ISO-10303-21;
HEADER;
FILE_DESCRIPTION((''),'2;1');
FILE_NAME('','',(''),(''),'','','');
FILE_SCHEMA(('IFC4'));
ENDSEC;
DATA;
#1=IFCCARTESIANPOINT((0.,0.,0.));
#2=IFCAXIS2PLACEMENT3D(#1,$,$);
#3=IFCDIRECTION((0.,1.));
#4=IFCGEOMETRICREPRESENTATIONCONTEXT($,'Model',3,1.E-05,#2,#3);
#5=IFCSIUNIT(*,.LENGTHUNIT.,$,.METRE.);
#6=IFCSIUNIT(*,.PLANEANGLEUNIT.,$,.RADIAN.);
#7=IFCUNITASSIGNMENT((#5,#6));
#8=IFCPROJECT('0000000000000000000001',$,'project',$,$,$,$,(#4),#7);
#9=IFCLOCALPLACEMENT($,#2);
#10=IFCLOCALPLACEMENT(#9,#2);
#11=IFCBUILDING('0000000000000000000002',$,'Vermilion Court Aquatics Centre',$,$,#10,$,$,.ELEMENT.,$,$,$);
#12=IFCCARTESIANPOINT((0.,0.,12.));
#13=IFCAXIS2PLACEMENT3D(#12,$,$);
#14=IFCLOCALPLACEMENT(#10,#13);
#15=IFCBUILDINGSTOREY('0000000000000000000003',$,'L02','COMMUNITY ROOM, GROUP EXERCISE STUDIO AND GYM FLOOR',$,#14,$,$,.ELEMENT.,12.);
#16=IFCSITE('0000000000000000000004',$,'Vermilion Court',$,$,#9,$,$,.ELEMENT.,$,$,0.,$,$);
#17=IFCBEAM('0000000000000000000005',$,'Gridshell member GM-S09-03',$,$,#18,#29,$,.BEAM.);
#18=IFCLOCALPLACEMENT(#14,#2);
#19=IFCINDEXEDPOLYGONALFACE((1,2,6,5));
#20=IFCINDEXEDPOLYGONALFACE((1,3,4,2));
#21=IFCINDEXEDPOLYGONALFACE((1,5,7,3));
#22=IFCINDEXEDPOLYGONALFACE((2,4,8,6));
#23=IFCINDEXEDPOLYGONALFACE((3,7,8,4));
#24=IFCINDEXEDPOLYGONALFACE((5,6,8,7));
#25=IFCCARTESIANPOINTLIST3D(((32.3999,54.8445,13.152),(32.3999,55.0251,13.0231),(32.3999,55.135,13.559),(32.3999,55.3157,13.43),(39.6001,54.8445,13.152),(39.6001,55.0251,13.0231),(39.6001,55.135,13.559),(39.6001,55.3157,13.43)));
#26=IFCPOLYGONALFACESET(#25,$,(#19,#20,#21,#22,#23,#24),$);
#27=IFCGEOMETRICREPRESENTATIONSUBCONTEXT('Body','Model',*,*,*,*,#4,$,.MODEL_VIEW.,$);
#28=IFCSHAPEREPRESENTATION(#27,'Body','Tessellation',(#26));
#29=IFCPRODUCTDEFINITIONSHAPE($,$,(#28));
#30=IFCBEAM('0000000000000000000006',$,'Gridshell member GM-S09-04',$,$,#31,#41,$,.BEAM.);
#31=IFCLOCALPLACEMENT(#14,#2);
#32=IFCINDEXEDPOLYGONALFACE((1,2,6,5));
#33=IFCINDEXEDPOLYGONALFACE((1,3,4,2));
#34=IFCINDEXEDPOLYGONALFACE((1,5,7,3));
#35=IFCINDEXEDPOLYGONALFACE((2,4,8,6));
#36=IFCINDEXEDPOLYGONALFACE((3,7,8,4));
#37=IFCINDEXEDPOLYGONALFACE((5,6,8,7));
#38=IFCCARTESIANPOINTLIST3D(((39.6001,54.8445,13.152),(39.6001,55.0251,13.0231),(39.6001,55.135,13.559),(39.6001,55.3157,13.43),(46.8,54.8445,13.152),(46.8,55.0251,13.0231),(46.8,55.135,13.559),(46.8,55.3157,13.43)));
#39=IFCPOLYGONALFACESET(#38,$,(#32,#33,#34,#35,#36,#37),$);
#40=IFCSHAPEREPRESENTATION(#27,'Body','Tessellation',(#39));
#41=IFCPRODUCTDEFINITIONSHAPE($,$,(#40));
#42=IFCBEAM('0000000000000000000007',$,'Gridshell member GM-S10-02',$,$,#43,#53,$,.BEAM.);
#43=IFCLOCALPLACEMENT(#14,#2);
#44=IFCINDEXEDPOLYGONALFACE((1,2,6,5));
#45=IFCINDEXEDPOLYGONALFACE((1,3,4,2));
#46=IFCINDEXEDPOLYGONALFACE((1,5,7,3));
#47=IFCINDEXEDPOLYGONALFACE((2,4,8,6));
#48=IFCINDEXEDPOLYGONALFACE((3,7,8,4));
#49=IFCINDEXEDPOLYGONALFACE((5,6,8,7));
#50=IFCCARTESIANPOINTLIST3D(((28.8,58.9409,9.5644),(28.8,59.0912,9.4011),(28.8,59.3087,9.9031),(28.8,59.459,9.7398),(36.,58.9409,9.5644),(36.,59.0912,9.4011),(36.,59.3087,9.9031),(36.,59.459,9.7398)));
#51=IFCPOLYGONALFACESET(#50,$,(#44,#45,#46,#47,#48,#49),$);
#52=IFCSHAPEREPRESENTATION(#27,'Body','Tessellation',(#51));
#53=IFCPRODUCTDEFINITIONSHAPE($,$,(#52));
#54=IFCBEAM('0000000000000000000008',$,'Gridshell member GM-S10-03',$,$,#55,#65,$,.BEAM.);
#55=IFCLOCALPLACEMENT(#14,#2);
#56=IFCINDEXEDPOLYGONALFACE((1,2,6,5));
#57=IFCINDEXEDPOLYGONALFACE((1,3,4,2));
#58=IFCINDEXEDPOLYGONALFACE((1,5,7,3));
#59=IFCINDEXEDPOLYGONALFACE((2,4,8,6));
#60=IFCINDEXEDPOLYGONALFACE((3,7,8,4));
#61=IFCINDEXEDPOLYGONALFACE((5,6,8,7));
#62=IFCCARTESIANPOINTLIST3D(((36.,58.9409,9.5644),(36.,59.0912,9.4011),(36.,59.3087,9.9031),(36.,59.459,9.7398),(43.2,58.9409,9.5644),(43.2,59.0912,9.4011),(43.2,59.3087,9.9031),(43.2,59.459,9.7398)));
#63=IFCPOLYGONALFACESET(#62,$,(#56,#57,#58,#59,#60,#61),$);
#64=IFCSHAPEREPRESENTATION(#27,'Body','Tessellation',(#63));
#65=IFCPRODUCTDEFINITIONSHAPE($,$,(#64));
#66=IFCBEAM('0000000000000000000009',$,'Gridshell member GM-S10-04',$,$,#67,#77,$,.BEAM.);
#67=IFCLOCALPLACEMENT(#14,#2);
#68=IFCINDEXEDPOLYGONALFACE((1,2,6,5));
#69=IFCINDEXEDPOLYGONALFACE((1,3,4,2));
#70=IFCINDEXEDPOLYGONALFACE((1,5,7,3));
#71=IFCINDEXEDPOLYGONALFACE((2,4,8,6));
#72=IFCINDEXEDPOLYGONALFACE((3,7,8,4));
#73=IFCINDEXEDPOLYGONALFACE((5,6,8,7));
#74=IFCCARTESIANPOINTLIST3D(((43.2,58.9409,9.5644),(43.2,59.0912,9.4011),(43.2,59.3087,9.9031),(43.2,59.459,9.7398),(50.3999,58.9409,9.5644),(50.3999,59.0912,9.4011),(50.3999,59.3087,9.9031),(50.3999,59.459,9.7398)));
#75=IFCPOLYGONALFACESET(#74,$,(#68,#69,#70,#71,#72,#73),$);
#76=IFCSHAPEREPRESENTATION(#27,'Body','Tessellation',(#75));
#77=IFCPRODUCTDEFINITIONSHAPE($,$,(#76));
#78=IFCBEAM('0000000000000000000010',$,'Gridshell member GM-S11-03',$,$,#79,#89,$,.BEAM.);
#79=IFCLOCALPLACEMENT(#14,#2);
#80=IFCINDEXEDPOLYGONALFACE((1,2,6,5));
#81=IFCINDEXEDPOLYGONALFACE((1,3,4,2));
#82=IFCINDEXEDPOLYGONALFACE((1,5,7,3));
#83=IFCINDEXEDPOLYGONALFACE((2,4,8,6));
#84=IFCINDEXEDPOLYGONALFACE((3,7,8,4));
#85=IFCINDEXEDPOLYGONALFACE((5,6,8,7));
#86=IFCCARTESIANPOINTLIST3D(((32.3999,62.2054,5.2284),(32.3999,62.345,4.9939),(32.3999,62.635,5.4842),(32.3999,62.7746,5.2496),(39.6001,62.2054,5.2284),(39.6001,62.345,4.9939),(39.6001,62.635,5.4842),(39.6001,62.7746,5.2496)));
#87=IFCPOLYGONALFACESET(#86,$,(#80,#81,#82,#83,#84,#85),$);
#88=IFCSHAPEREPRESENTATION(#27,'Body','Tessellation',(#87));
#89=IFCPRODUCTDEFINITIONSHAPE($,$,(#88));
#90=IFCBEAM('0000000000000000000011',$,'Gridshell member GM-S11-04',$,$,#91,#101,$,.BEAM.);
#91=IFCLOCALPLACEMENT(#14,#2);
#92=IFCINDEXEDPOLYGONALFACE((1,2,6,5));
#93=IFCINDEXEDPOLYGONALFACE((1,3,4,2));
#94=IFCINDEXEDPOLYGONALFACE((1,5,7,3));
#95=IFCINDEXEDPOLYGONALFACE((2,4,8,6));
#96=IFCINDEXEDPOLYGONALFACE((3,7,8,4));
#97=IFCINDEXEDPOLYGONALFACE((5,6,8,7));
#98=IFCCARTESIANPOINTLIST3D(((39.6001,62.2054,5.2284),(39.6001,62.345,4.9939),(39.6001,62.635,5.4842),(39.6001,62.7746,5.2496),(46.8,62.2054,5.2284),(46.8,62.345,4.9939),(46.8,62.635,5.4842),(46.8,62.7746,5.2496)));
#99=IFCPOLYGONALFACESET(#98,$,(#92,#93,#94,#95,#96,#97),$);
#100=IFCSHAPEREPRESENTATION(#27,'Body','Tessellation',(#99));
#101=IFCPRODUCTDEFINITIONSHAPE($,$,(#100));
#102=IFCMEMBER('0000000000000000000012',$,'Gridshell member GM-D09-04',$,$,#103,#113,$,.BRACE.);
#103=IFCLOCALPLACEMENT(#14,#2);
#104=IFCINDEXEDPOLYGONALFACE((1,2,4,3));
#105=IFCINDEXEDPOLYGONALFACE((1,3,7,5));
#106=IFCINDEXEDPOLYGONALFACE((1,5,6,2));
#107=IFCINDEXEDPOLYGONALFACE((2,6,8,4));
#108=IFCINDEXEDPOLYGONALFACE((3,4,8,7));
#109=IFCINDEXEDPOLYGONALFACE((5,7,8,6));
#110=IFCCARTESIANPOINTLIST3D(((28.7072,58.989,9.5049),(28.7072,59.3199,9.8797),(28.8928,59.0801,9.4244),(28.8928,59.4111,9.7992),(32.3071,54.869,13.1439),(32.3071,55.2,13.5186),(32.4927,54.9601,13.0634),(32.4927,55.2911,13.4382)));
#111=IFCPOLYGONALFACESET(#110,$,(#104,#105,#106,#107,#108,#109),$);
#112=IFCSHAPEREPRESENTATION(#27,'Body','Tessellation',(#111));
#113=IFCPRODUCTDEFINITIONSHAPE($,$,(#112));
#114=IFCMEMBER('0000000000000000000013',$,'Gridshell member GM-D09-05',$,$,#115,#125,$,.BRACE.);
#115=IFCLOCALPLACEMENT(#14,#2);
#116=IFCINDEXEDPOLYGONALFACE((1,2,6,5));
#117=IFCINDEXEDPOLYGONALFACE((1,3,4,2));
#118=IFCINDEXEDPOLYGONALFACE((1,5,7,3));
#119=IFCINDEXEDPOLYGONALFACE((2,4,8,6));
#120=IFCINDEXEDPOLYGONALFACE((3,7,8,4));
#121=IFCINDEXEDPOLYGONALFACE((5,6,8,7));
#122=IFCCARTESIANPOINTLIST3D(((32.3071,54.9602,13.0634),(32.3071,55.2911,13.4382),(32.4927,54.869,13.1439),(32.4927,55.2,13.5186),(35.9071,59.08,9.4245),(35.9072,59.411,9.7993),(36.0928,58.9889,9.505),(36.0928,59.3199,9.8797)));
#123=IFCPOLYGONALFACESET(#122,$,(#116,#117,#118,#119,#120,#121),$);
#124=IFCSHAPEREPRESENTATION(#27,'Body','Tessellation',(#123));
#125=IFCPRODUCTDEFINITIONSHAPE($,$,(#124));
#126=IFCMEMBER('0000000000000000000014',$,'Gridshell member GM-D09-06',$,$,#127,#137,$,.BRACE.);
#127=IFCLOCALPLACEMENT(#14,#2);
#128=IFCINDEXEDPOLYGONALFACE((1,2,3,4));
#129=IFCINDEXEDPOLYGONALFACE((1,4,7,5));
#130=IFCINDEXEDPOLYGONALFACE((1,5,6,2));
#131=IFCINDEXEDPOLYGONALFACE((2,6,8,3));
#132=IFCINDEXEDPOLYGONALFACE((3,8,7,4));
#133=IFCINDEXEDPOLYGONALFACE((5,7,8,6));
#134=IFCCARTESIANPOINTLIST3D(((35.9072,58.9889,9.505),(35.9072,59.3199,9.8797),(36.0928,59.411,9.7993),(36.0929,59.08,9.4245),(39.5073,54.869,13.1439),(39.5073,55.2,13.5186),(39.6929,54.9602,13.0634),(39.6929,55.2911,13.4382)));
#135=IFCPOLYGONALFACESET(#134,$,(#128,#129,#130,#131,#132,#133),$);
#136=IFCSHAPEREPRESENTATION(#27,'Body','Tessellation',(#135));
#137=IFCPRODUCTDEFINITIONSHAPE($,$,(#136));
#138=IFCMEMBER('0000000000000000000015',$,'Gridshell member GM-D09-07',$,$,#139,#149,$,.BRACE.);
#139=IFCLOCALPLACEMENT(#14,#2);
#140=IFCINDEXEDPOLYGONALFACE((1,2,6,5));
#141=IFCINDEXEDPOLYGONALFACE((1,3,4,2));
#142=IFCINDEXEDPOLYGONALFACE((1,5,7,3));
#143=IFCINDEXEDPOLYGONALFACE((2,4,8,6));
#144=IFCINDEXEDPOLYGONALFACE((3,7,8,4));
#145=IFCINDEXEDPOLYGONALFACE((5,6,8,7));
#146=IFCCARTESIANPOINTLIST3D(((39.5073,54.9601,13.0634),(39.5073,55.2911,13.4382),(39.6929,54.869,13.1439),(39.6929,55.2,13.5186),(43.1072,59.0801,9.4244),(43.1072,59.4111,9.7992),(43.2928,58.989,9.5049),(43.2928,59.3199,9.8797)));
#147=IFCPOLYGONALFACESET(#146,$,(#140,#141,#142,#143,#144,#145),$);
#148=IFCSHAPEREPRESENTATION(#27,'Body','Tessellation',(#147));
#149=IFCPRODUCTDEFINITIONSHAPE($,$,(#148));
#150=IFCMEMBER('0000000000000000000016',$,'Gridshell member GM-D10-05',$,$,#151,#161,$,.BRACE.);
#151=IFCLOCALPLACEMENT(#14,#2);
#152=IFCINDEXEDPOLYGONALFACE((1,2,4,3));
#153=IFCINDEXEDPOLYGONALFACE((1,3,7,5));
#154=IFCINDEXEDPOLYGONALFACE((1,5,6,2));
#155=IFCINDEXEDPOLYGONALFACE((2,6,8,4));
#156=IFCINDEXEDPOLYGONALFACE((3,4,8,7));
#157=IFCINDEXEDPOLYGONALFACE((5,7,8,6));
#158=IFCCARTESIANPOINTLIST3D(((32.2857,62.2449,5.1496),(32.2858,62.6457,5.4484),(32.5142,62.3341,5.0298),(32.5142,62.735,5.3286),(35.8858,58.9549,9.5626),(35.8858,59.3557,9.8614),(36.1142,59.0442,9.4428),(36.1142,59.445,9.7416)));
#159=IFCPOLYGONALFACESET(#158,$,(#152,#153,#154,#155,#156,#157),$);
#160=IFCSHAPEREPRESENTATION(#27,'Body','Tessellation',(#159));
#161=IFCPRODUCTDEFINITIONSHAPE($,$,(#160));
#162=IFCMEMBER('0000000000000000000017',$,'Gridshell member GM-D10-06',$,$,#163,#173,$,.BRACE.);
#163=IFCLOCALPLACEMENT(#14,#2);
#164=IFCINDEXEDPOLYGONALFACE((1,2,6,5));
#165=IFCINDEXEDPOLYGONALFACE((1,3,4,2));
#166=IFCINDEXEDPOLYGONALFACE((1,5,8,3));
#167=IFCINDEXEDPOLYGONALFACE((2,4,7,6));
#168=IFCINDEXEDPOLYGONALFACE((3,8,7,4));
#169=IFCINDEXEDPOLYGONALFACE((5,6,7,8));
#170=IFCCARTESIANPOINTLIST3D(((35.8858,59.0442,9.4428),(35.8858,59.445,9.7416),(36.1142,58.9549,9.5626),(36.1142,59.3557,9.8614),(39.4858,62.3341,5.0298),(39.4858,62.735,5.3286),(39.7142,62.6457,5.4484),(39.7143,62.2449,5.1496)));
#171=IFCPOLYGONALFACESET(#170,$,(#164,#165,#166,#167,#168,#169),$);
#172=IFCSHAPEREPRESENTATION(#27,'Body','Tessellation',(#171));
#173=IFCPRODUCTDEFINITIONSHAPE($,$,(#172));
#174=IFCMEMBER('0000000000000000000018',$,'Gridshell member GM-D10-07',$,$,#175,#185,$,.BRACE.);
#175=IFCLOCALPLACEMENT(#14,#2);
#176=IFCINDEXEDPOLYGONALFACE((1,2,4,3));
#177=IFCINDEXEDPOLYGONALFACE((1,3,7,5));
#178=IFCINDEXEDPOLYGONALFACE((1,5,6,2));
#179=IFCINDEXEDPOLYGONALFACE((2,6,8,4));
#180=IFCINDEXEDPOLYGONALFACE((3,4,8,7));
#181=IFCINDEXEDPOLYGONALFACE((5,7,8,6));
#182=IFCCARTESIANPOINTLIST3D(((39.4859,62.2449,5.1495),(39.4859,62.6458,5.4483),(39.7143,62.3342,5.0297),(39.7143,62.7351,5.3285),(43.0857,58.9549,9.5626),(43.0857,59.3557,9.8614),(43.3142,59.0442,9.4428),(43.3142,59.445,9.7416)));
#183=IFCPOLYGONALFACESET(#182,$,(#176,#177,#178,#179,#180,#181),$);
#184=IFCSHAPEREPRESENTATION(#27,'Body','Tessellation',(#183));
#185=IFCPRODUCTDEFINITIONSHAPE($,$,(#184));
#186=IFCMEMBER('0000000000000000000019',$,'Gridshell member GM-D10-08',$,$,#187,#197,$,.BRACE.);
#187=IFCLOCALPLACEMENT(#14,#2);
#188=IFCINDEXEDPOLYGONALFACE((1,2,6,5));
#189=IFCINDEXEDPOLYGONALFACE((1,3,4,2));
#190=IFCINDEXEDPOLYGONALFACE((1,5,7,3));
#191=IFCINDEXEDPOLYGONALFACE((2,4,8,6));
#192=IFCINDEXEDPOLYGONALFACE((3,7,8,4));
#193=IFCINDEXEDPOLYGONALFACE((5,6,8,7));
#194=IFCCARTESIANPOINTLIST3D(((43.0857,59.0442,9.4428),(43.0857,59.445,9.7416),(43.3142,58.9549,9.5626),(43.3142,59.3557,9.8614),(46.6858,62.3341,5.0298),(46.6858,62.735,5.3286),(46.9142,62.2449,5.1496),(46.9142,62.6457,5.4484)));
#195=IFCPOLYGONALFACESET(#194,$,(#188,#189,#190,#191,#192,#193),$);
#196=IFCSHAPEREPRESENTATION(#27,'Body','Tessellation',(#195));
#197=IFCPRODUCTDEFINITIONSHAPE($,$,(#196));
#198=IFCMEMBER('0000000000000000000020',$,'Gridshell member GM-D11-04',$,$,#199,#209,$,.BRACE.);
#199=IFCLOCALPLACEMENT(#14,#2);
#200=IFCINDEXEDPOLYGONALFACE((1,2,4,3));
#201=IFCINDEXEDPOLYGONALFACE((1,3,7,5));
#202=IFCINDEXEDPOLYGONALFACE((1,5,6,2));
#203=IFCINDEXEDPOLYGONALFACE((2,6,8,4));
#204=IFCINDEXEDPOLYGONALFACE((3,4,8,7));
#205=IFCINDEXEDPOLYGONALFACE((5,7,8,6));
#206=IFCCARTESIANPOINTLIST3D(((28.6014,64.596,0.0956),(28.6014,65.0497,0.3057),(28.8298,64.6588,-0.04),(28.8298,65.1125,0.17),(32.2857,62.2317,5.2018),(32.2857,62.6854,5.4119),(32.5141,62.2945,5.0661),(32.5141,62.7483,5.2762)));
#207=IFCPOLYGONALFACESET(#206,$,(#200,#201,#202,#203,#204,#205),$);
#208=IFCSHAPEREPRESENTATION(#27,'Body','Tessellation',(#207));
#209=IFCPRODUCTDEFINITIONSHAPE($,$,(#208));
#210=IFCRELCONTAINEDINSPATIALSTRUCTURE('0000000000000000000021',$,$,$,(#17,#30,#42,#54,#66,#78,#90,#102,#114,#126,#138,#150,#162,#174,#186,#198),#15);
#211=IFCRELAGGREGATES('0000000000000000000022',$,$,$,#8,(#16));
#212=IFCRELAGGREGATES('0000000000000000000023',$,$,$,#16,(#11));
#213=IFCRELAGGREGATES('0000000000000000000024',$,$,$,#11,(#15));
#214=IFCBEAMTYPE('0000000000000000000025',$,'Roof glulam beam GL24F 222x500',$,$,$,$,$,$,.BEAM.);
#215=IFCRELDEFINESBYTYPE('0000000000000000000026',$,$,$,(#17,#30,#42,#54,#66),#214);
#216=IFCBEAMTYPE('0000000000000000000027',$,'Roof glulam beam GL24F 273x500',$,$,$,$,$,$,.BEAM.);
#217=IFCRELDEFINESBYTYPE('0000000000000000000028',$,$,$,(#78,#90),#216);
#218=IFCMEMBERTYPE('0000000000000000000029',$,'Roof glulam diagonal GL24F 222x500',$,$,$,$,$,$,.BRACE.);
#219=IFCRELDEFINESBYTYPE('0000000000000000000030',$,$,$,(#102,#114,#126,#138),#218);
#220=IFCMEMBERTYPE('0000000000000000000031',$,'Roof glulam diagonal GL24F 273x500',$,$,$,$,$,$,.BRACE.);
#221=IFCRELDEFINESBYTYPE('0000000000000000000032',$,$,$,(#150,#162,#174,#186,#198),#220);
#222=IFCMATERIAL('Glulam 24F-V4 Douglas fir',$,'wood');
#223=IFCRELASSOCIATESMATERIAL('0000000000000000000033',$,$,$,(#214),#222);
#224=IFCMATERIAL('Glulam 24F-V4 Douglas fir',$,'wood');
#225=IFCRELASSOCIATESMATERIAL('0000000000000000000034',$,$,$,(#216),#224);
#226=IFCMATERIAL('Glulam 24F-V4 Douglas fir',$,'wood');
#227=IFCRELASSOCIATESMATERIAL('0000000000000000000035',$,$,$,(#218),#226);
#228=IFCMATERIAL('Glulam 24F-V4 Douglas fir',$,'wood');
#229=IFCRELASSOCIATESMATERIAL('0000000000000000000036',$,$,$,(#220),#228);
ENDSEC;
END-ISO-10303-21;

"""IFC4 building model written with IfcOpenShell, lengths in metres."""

from ifc_helpers import new_model, si_unit, direction, frame, origin, origin_2d, place, context, subcontext, project, spatial, rectangle, extrude, material, material_profile, profile_set, type_object, element, save


model = new_model("IFC4")

# Units and contexts
model_context = context("Model", 3, precision=1e-05, world=origin(), true_north=direction((0.0, 1.0)))
body_context = subcontext(model_context, "Body", "Model", "MODEL_VIEW")
ifc_project = project(units=[si_unit("LENGTHUNIT", "METRE"), si_unit("PLANEANGLEUNIT", "RADIAN")], contexts=[model_context])

# Site, building, storey
site_placement = place(None, origin())
site = spatial("IfcSite", under=ifc_project, at=site_placement, Name="Vermilion Court", CompositionType="ELEMENT", RefElevation=0.0)
building_placement = place(site_placement, origin())
building = spatial("IfcBuilding", under=site, at=building_placement, Name="Vermilion Court Aquatics Centre", CompositionType="ELEMENT")
storey_placement = place(building_placement, frame((0.0, 0.0, 12.0)))
storey = spatial("IfcBuildingStorey", under=building, at=storey_placement, Name="L02", Description="COMMUNITY ROOM, GROUP EXERCISE STUDIO AND GYM FLOOR", CompositionType="ELEMENT", Elevation=12.0)

# Beams
ifc_material_1 = material(Name="Glulam 24F-V4 Douglas fir", Category="wood")
ifc_material_profile_1 = material_profile(ifc_material_1, rectangle(XDim=0.2219, YDim=0.5, at=origin_2d()), Name="GL24F 222x500")
ifc_profile_set_1 = profile_set([ifc_material_profile_1], Name="Glulam 24F-V4 Douglas fir")
beam_type_1 = type_object("IfcBeamType", Name="Roof glulam beam GL24F 222x500", PredefinedType="BEAM", material=ifc_profile_set_1)
beam_1_placement = place(storey_placement, frame((32.3999, 55.0801, 13.291), z_axis=(1.0, 0.0, 0.0), x_axis=(0.0, 0.813848, -0.581078)))
element("IfcBeam", 1, at=beam_1_placement, inside=storey, type_object=beam_type_1, Name="Gridshell member GM-S09-03", PredefinedType="BEAM", context=body_context, shape_type="SweptSolid", body=[
    extrude(rectangle(XDim=0.2219, YDim=0.5, at=origin_2d()), origin(), (0.0, 0.0, 1.0), 7.2002),
])
for number, where, z_axis, x_axis, name in (
    (2, (39.6001, 55.0801, 13.291), (1.0, 0.0, 0.0), (0.0, 0.813848, -0.581078), "Gridshell member GM-S09-04"),
    (3, (28.8, 59.2, 9.6521), (1.0, 0.0, 0.0), (0.0, 0.67726, -0.735744), "Gridshell member GM-S10-02"),
    (4, (36.0, 59.2, 9.6521), (1.0, 0.0, 0.0), (0.0, 0.67726, -0.735744), "Gridshell member GM-S10-03"),
    (5, (43.2, 59.2, 9.6521), (1.0, 0.0, 0.0), (0.0, 0.67726, -0.735744), "Gridshell member GM-S10-04"),
):
    element("IfcBeam", number, at=place(storey_placement, frame(where, z_axis=z_axis, x_axis=x_axis)), inside=storey, type_object=beam_type_1, Name=name, PredefinedType="BEAM", context=body_context, shape_type="SweptSolid", body=[
        extrude(rectangle(XDim=0.2219, YDim=0.5, at=origin_2d()), origin(), (0.0, 0.0, 1.0), 7.2),
    ])
ifc_material_2 = material(Name="Glulam 24F-V4 Douglas fir", Category="wood")
ifc_material_profile_2 = material_profile(ifc_material_2, rectangle(XDim=0.2729, YDim=0.5, at=origin_2d()), Name="GL24F 273x500")
ifc_profile_set_2 = profile_set([ifc_material_profile_2], Name="Glulam 24F-V4 Douglas fir")
beam_type_2 = type_object("IfcBeamType", Name="Roof glulam beam GL24F 273x500", PredefinedType="BEAM", material=ifc_profile_set_2)
beam_2_placement = place(storey_placement, frame((32.3999, 62.49, 5.239), z_axis=(1.0, 0.0, 0.0), x_axis=(0.0, 0.511595, -0.859227)))
element("IfcBeam", 6, at=beam_2_placement, inside=storey, type_object=beam_type_2, Name="Gridshell member GM-S11-03", PredefinedType="BEAM", context=body_context, shape_type="SweptSolid", body=[
    extrude(rectangle(XDim=0.2729, YDim=0.5, at=origin_2d()), origin(), (0.0, 0.0, 1.0), 7.2002),
])
beam_3_placement = place(storey_placement, frame((39.6001, 62.49, 5.239), z_axis=(1.0, 0.0, 0.0), x_axis=(0.0, 0.511595, -0.859227)))
element("IfcBeam", 7, at=beam_3_placement, inside=storey, type_object=beam_type_2, Name="Gridshell member GM-S11-04", PredefinedType="BEAM", context=body_context, shape_type="SweptSolid", body=[
    extrude(rectangle(XDim=0.2729, YDim=0.5, at=origin_2d()), origin(), (0.0, 0.0, 1.0), 7.2),
])

# Members
ifc_material_3 = material(Name="Glulam 24F-V4 Douglas fir", Category="wood")
ifc_material_profile_3 = material_profile(ifc_material_3, rectangle(XDim=0.2219, YDim=0.5, at=origin_2d()), Name="GL24F 222x500")
ifc_profile_set_3 = profile_set([ifc_material_profile_3], Name="Glulam 24F-V4 Douglas fir")
member_type_1 = type_object("IfcMemberType", Name="Roof glulam diagonal GL24F 222x500", PredefinedType="BRACE", material=ifc_profile_set_3)
for number, where, z_axis, x_axis, name in (
    (8, (32.3999, 55.0801, 13.291), (-0.547865, 0.627007, -0.55381), (-0.836567, -0.410653, 0.362657), "Gridshell member GM-D09-04"),
    (9, (32.3999, 55.0801, 13.291), (0.547891, 0.626995, -0.553799), (-0.83655, 0.410685, -0.362661), "Gridshell member GM-D09-05"),
    (10, (39.6001, 55.0801, 13.291), (-0.547891, 0.626995, -0.553799), (-0.83655, -0.410685, 0.362661), "Gridshell member GM-D09-06"),
    (11, (39.6001, 55.0801, 13.291), (0.547865, 0.627007, -0.55381), (-0.836567, 0.410653, -0.362657), "Gridshell member GM-D09-07"),
):
    element("IfcMember", number, at=place(storey_placement, frame(where, z_axis=z_axis, x_axis=x_axis)), inside=storey, type_object=member_type_1, Name=name, PredefinedType="BRACE", context=body_context, shape_type="SweptSolid", body=[
        extrude(rectangle(XDim=0.2219, YDim=0.5, at=origin_2d()), origin(), (0.0, 0.0, 1.0), 6.5708),
    ])
ifc_material_4 = material(Name="Glulam 24F-V4 Douglas fir", Category="wood")
ifc_material_profile_4 = material_profile(ifc_material_4, rectangle(XDim=0.2729, YDim=0.5, at=origin_2d()), Name="GL24F 273x500")
ifc_profile_set_4 = profile_set([ifc_material_profile_4], Name="Glulam 24F-V4 Douglas fir")
member_type_2 = type_object("IfcMemberType", Name="Roof glulam diagonal GL24F 273x500", PredefinedType="BRACE", material=ifc_profile_set_4)
for number, where, z_axis, x_axis, name in (
    (12, (36.0, 59.2, 9.6521), (-0.547355, 0.500214, -0.670961), (-0.836901, -0.327117, 0.438853), "Gridshell member GM-D10-05"),
    (13, (36.0, 59.2, 9.6521), (0.547355, 0.500214, -0.670961), (-0.836901, 0.327117, -0.438853), "Gridshell member GM-D10-06"),
    (14, (43.2, 59.2, 9.6521), (-0.547329, 0.500224, -0.670974), (-0.836918, -0.327083, 0.438846), "Gridshell member GM-D10-07"),
    (15, (43.2, 59.2, 9.6521), (0.547355, 0.500214, -0.670961), (-0.836901, 0.327117, -0.438853), "Gridshell member GM-D10-08"),
):
    element("IfcMember", number, at=place(storey_placement, frame(where, z_axis=z_axis, x_axis=x_axis)), inside=storey, type_object=member_type_2, Name=name, PredefinedType="BRACE", context=body_context, shape_type="SweptSolid", body=[
        extrude(rectangle(XDim=0.2729, YDim=0.5, at=origin_2d()), origin(), (0.0, 0.0, 1.0), 6.5771),
    ])
member_1_placement = place(storey_placement, frame((32.3999, 62.49, 5.239), z_axis=(-0.547785, 0.351517, -0.759189), x_axis=(-0.836619, -0.230161, 0.497085)))
element("IfcMember", 16, at=member_1_placement, inside=storey, type_object=member_type_2, Name="Gridshell member GM-D11-04", PredefinedType="BRACE", context=body_context, shape_type="SweptSolid", body=[
    extrude(rectangle(XDim=0.2729, YDim=0.5, at=origin_2d()), origin(), (0.0, 0.0, 1.0), 6.7258),
])

save(model, "model.ifc")
